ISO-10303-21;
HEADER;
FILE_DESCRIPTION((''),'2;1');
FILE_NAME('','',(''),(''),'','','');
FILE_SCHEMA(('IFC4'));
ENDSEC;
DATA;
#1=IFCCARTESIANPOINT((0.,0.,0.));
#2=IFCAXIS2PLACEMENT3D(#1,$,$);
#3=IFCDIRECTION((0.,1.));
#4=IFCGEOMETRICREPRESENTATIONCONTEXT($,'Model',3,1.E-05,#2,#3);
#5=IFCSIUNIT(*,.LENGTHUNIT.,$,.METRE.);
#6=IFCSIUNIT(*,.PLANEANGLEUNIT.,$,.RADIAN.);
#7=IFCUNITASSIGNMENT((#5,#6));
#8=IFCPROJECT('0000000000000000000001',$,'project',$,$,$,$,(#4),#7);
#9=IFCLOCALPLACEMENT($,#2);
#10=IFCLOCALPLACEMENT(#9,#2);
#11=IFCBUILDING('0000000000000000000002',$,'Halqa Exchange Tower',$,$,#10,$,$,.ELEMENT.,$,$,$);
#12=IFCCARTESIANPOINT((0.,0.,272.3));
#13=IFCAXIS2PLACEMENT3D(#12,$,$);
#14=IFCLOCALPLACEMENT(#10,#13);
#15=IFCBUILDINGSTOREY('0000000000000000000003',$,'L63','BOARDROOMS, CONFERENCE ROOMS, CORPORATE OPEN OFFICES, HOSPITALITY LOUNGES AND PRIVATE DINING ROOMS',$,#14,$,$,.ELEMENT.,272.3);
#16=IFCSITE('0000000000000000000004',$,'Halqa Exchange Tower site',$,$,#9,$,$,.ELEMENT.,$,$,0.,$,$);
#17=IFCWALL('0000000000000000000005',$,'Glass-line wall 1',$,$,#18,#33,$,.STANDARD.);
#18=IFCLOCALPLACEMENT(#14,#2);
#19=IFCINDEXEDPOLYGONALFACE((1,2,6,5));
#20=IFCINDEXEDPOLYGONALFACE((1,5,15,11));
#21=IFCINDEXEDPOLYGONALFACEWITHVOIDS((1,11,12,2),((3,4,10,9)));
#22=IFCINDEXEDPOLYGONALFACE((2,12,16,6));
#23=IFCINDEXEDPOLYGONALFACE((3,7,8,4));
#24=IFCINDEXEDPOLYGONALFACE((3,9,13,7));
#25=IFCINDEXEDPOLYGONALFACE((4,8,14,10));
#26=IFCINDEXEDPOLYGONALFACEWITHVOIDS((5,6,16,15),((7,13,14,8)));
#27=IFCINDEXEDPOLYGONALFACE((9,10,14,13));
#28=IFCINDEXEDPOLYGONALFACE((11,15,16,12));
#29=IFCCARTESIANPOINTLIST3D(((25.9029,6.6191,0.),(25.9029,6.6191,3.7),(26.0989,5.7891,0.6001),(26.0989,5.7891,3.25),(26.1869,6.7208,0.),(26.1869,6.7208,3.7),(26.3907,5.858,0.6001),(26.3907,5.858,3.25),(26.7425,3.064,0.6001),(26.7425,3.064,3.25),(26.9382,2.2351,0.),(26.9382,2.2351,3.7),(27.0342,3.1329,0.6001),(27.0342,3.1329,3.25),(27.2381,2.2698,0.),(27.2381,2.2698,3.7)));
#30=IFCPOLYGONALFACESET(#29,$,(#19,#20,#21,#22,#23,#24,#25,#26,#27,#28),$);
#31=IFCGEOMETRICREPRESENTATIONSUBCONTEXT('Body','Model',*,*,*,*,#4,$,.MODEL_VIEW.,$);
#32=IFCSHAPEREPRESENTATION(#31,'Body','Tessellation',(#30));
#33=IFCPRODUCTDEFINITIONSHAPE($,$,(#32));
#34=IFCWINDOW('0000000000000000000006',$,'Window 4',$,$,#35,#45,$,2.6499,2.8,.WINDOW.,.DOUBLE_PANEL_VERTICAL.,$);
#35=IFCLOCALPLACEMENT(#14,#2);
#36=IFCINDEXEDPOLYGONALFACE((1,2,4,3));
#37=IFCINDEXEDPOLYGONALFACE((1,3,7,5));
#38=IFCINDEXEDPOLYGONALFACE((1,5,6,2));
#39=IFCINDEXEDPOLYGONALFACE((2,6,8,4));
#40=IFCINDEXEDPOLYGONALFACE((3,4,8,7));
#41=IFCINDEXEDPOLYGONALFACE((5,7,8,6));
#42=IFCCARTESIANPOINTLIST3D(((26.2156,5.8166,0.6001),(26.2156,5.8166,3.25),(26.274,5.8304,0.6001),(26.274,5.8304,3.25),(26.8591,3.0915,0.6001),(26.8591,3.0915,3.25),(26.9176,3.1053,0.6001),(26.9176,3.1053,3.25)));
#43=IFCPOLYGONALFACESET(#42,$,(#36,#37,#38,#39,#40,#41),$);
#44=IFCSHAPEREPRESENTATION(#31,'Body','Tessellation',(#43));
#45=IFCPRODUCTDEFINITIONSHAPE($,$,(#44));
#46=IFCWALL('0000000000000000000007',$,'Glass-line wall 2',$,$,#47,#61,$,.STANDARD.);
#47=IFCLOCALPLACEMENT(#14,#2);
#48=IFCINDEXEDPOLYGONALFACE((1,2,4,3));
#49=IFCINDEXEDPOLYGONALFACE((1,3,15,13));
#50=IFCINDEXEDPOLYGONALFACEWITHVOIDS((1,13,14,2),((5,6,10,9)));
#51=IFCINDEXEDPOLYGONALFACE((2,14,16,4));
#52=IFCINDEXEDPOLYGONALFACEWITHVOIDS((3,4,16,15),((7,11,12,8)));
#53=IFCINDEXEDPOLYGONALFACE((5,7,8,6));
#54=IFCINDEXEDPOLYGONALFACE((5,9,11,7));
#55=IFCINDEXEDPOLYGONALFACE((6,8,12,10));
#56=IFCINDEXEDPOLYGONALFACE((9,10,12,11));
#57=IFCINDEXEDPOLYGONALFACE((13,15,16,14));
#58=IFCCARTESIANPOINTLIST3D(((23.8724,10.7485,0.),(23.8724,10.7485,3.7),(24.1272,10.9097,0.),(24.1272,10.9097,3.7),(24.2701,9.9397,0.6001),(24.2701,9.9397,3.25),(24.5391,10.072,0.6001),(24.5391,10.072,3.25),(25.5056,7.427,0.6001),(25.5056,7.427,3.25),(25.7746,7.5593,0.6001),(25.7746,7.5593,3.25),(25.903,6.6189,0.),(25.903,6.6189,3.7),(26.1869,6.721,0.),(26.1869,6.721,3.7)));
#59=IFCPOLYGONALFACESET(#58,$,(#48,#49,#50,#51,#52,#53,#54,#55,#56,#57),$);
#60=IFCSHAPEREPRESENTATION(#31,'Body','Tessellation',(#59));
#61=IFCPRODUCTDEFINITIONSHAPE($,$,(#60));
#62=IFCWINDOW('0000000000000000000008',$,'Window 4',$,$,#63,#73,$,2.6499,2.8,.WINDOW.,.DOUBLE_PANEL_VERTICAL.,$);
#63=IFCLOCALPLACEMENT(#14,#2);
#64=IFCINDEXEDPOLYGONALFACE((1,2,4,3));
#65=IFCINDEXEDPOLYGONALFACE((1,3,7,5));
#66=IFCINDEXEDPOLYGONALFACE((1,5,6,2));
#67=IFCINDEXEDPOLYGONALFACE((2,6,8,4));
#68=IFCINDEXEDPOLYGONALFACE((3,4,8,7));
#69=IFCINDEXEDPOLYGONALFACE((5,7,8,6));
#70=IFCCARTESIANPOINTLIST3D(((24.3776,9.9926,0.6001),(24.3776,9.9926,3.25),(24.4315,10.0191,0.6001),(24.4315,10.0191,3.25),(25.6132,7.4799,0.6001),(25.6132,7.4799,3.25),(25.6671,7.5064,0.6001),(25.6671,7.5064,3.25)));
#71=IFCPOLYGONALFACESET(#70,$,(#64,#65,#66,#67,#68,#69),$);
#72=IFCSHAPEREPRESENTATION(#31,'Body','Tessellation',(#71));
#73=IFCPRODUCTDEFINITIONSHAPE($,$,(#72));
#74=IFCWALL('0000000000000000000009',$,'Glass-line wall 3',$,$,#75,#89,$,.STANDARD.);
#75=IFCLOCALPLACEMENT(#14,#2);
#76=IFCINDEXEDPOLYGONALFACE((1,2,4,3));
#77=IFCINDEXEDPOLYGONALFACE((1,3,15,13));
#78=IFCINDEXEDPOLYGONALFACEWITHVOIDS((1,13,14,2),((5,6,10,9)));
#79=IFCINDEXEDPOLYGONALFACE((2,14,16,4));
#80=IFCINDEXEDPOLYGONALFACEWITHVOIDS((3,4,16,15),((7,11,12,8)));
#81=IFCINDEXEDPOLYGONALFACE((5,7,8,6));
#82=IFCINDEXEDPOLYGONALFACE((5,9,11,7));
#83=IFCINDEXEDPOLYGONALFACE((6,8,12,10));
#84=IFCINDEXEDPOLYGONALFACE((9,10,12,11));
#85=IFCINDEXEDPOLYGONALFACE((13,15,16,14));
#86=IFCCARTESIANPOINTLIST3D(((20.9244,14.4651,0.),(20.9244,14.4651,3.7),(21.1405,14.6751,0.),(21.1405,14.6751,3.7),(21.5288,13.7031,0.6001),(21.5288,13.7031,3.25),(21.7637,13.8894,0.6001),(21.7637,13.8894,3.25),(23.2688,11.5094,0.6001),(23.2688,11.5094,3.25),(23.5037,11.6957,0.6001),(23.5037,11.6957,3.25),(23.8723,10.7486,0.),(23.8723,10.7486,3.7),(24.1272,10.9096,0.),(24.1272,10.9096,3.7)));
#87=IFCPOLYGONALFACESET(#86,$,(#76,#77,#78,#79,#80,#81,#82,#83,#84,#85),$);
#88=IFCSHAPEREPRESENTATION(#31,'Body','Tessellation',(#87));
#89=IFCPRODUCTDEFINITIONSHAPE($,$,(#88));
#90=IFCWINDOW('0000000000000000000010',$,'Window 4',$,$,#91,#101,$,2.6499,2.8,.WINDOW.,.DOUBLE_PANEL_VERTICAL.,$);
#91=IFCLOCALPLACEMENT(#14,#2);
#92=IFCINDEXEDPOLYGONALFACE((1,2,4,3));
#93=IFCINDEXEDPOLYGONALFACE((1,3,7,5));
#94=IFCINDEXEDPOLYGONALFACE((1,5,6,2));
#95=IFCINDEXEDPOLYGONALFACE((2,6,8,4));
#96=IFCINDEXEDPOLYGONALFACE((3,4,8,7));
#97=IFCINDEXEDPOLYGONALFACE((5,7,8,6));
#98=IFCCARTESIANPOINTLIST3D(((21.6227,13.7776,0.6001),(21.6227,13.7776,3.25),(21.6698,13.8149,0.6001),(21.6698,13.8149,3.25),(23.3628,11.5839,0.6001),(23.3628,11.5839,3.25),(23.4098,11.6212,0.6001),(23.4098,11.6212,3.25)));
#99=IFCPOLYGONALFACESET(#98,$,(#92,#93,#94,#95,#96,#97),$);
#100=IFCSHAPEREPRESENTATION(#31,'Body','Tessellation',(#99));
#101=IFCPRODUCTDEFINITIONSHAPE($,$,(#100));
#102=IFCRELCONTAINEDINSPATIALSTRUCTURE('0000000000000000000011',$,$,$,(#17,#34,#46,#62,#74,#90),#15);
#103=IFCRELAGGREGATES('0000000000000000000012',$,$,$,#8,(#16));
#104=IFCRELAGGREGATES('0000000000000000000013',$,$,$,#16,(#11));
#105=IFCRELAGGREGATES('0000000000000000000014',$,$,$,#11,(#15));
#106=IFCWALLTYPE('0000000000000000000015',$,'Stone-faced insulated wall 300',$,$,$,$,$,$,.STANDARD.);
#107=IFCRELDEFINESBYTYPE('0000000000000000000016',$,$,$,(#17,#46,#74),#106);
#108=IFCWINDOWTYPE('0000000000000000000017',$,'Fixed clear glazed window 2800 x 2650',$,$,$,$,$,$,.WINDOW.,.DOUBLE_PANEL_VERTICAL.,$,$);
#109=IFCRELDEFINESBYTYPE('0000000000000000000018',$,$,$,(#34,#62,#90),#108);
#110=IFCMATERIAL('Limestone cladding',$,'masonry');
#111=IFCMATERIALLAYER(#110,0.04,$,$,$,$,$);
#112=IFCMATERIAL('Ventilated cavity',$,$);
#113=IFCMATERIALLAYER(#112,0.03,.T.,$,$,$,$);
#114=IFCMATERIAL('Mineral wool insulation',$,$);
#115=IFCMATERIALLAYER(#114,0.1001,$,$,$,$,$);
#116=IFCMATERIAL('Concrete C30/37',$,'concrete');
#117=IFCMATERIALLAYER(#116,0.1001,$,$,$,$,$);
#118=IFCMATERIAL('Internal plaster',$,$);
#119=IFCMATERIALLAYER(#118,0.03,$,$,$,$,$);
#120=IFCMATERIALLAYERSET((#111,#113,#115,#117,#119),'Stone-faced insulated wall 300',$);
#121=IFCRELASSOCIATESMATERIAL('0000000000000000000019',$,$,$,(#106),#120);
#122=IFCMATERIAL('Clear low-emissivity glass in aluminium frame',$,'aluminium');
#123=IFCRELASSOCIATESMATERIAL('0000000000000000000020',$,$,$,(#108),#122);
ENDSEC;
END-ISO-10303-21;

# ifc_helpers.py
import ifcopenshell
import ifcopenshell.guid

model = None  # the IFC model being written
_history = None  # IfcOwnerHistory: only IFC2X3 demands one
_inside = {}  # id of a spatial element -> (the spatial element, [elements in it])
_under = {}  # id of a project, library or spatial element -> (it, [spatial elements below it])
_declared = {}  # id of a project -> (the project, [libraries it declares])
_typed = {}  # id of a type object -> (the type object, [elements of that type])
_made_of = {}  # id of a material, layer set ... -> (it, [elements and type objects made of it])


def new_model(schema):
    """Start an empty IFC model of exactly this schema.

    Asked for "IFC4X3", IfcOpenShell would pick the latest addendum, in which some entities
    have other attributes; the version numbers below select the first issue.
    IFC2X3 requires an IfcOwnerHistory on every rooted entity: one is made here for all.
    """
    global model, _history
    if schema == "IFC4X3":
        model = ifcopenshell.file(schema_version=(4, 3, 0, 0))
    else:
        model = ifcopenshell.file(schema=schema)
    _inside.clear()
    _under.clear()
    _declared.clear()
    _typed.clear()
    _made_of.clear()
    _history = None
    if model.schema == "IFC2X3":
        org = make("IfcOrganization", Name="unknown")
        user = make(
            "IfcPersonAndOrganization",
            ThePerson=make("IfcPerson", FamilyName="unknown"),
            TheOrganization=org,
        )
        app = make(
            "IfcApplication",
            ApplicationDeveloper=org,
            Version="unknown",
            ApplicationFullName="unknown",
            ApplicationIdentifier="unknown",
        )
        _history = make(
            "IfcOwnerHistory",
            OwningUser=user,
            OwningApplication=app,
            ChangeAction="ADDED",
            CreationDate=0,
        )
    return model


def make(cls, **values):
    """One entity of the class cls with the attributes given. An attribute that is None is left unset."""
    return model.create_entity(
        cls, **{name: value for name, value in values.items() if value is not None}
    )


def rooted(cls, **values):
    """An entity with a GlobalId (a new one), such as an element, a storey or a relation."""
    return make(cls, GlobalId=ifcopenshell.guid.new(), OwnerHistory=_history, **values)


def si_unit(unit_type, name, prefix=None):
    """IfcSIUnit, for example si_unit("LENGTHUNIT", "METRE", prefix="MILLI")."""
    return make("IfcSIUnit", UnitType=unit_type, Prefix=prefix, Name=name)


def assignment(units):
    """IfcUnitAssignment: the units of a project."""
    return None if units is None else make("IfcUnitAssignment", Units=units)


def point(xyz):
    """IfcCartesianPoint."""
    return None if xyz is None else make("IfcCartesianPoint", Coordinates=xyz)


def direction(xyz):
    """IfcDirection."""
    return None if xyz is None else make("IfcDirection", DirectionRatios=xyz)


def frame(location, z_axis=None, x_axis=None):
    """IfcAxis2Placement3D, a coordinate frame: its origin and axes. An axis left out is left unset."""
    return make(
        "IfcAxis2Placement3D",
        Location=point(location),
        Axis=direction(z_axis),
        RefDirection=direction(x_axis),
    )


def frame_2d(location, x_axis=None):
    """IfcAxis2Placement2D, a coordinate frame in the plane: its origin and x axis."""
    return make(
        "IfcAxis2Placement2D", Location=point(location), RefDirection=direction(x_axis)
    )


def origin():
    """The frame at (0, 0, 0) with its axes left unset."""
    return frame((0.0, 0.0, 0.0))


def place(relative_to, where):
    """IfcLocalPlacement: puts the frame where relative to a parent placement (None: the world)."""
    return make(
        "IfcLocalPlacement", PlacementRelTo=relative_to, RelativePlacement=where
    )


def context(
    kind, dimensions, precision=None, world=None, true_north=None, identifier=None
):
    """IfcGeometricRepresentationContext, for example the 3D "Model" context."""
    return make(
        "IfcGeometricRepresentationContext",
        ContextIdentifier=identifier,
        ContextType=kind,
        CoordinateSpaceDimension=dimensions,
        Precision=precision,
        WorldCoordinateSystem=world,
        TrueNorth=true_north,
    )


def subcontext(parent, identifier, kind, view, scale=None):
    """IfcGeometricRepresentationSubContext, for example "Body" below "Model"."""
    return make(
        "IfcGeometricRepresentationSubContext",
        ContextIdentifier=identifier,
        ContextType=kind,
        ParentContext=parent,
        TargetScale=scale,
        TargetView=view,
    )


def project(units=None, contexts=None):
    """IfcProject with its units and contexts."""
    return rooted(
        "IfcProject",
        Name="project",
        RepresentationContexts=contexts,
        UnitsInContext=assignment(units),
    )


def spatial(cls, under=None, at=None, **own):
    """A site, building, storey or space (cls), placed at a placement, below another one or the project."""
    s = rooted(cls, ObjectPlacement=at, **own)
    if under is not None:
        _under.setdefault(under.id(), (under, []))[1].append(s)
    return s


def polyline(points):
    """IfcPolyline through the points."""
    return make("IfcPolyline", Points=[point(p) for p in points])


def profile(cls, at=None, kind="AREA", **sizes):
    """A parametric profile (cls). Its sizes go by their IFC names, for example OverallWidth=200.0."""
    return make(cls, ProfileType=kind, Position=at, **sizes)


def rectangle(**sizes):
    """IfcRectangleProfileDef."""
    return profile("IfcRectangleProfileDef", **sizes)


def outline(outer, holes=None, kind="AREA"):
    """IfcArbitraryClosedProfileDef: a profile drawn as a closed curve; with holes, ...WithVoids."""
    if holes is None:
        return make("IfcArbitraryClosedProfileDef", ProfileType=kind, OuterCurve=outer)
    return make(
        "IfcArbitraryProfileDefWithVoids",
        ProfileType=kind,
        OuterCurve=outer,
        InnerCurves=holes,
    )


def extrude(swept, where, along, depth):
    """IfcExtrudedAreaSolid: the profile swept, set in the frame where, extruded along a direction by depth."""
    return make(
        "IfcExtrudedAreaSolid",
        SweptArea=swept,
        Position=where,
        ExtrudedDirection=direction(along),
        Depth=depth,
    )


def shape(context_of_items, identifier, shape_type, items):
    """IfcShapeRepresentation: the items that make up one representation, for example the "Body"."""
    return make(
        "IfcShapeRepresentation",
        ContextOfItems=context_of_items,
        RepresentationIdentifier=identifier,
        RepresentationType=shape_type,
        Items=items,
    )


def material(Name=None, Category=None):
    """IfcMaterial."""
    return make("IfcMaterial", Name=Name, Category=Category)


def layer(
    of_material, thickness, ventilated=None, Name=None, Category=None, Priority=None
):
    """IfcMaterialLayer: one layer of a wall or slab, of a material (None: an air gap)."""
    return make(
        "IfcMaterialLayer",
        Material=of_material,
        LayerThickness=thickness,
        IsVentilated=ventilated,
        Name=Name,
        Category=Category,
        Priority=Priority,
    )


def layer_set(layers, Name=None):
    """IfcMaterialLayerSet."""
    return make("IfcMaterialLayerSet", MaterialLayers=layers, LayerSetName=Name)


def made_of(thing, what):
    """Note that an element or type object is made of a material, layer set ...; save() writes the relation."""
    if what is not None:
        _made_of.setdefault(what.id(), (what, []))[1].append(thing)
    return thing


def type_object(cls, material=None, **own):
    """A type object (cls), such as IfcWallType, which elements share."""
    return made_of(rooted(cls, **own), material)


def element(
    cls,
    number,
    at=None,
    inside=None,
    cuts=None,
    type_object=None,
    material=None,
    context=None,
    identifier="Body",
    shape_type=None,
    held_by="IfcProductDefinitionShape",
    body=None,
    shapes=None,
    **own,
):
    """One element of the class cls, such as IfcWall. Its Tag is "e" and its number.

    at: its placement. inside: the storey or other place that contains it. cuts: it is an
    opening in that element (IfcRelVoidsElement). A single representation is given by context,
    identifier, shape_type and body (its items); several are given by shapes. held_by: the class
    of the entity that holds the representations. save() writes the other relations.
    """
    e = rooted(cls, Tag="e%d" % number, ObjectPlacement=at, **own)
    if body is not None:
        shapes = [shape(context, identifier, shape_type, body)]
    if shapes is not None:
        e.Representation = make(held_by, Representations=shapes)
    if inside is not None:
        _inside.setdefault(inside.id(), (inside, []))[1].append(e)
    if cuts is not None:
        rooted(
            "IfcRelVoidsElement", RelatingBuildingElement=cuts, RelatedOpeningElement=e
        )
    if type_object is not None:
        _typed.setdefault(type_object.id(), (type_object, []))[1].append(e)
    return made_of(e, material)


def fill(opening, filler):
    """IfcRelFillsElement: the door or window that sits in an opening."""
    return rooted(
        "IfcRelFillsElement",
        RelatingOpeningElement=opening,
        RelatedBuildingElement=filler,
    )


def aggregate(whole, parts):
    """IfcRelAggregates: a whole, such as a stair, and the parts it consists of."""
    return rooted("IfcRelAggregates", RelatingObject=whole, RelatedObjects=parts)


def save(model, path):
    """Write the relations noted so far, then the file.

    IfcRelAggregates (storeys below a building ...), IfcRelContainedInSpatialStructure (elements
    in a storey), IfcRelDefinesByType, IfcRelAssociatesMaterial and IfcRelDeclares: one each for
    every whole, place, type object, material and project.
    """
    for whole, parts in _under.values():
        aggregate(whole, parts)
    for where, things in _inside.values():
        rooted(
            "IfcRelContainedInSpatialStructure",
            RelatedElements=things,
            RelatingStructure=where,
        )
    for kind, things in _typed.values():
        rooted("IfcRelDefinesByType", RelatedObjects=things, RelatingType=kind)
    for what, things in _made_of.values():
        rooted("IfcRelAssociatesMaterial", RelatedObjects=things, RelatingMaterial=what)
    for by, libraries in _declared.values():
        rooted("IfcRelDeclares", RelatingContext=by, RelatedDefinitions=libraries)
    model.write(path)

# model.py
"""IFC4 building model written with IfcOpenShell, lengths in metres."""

from ifc_helpers import new_model, si_unit, direction, frame, frame_2d, origin, place, context, subcontext, project, spatial, polyline, rectangle, outline, extrude, material, layer, layer_set, type_object, element, fill, save


model = new_model("IFC4")

# Units and contexts
model_context = context("Model", 3, precision=1e-05, world=origin(), true_north=direction((0.0, 1.0)))
body_context = subcontext(model_context, "Body", "Model", "MODEL_VIEW")
ifc_project = project(units=[si_unit("LENGTHUNIT", "METRE"), si_unit("PLANEANGLEUNIT", "RADIAN")], contexts=[model_context])

# Site, building, storey
site_placement = place(None, origin())
site = spatial("IfcSite", under=ifc_project, at=site_placement, Name="Halqa Exchange Tower site", CompositionType="ELEMENT", RefElevation=0.0)
building_placement = place(site_placement, origin())
building = spatial("IfcBuilding", under=site, at=building_placement, Name="Halqa Exchange Tower", CompositionType="ELEMENT")
storey_placement = place(building_placement, frame((0.0, 0.0, 272.3)))
storey = spatial("IfcBuildingStorey", under=building, at=storey_placement, Name="L63", Description="BOARDROOMS, CONFERENCE ROOMS, CORPORATE OPEN OFFICES, HOSPITALITY LOUNGES AND PRIVATE DINING ROOMS", CompositionType="ELEMENT", Elevation=272.3)

# Walls, openings, windows
ifc_material_1 = material(Name="Limestone cladding", Category="masonry")
ifc_layer_1 = layer(ifc_material_1, 0.04)
ifc_material_2 = material(Name="Ventilated cavity")
ifc_layer_2 = layer(ifc_material_2, 0.03, ventilated=True)
ifc_material_3 = material(Name="Mineral wool insulation")
ifc_layer_3 = layer(ifc_material_3, 0.1001)
ifc_material_4 = material(Name="Concrete C30/37", Category="concrete")
ifc_layer_4 = layer(ifc_material_4, 0.1001)
ifc_material_5 = material(Name="Internal plaster")
ifc_layer_5 = layer(ifc_material_5, 0.03)
ifc_layer_set_1 = layer_set([ifc_layer_1, ifc_layer_2, ifc_layer_3, ifc_layer_4, ifc_layer_5], Name="Stone-faced insulated wall 300")
wall_type_1 = type_object("IfcWallType", Name="Stone-faced insulated wall 300", PredefinedType="STANDARD", material=ifc_layer_set_1)
wall_1_placement = place(storey_placement, frame((27.0881, 2.2524, 0.0), z_axis=(0.0, 0.0, 1.0), x_axis=(-0.229834, 0.97323, 0.0)))
wall_1 = element("IfcWall", 1, at=wall_1_placement, inside=storey, type_object=wall_type_1, Name="Glass-line wall 1", PredefinedType="STANDARD", context=body_context, shape_type="SweptSolid", body=[
    extrude(outline(polyline([(-0.0176, -0.1499), (4.5559, -0.1499), (4.5222, 0.1499), (0.0176, 0.1499), (-0.0176, -0.1499)])), origin(), (0.0, 0.0, 1.0), 3.7),
])
opening_1_placement = place(wall_1_placement, frame((0.8694, 0.0, 0.6001)))
opening_1 = element("IfcOpeningElement", 2, at=opening_1_placement, cuts=wall_1, PredefinedType="OPENING", context=body_context, shape_type="SweptSolid", body=[
    extrude(rectangle(XDim=2.8, YDim=2.6499, at=frame_2d((1.3999, 1.325))), frame((0.0, 0.1621, 0.0), z_axis=(0.0, -1.0, 0.0), x_axis=(1.0, 0.0, 0.0)), (0.0, 0.0, 1.0), 0.324),
])
ifc_material_6 = material(Name="Clear low-emissivity glass in aluminium frame", Category="aluminium")
window_type = type_object("IfcWindowType", Name="Fixed clear glazed window 2800 x 2650", PartitioningType="DOUBLE_PANEL_VERTICAL", PredefinedType="WINDOW", material=ifc_material_6)
window_1_placement = place(opening_1_placement, origin())
window_1 = element("IfcWindow", 3, at=window_1_placement, inside=storey, type_object=window_type, Name="Window 4", OverallHeight=2.6499, OverallWidth=2.8, PartitioningType="DOUBLE_PANEL_VERTICAL", PredefinedType="WINDOW", context=body_context, shape_type="SweptSolid", body=[
    extrude(rectangle(XDim=2.8, YDim=2.6499, at=frame_2d((1.3999, 1.325))), frame((0.0, 0.03, 0.0), z_axis=(0.0, -1.0, 0.0), x_axis=(1.0, 0.0, 0.0)), (0.0, 0.0, 1.0), 0.0601),
])
fill(opening_1, window_1)
wall_2_placement = place(storey_placement, frame((26.0449, 6.6699, 0.0), z_axis=(0.0, 0.0, 1.0), x_axis=(-0.441262, 0.897378, 0.0)))
wall_2 = element("IfcWall", 4, at=wall_2_placement, inside=storey, type_object=wall_type_1, Name="Glass-line wall 2", PredefinedType="STANDARD", context=body_context, shape_type="SweptSolid", body=[
    extrude(outline(polyline([(-0.0168, -0.1499), (4.6509, -0.1499), (4.6187, 0.1499), (0.0168, 0.1499), (-0.0168, -0.1499)])), origin(), (0.0, 0.0, 1.0), 3.7),
])
opening_2_placement = place(wall_2_placement, frame((0.9175, 0.0, 0.6001)))
opening_2 = element("IfcOpeningElement", 5, at=opening_2_placement, cuts=wall_2, PredefinedType="OPENING", context=body_context, shape_type="SweptSolid", body=[
    extrude(rectangle(XDim=2.8, YDim=2.6499, at=frame_2d((1.3999, 1.325))), frame((0.0, 0.1621, 0.0), z_axis=(0.0, -1.0, 0.0), x_axis=(1.0, 0.0, 0.0)), (0.0, 0.0, 1.0), 0.324),
])
window_2_placement = place(opening_2_placement, origin())
window_2 = element("IfcWindow", 6, at=window_2_placement, inside=storey, type_object=window_type, Name="Window 4", OverallHeight=2.6499, OverallWidth=2.8, PartitioningType="DOUBLE_PANEL_VERTICAL", PredefinedType="WINDOW", context=body_context, shape_type="SweptSolid", body=[
    extrude(rectangle(XDim=2.8, YDim=2.6499, at=frame_2d((1.3999, 1.325))), frame((0.0, 0.03, 0.0), z_axis=(0.0, -1.0, 0.0), x_axis=(1.0, 0.0, 0.0)), (0.0, 0.0, 1.0), 0.0601),
])
fill(opening_2, window_2)
wall_3_placement = place(storey_placement, frame((23.9998, 10.8291, 0.0), z_axis=(0.0, 0.0, 1.0), x_axis=(-0.621435, 0.783466, 0.0)))
wall_3 = element("IfcWall", 7, at=wall_3_placement, inside=storey, type_object=wall_type_1, Name="Glass-line wall 3", PredefinedType="STANDARD", context=body_context, shape_type="SweptSolid", body=[
    extrude(outline(polyline([(-0.0161, -0.1499), (4.79, -0.1499), (4.7598, 0.1499), (0.0161, 0.1499), (-0.0161, -0.1499)])), origin(), (0.0, 0.0, 1.0), 3.7),
])
opening_3_placement = place(wall_3_placement, frame((0.9873, 0.0, 0.6001)))
opening_3 = element("IfcOpeningElement", 8, at=opening_3_placement, cuts=wall_3, PredefinedType="OPENING", context=body_context, shape_type="SweptSolid", body=[
    extrude(rectangle(XDim=2.8, YDim=2.6499, at=frame_2d((1.3999, 1.325))), frame((0.0, 0.1621, 0.0), z_axis=(0.0, -1.0, 0.0), x_axis=(1.0, 0.0, 0.0)), (0.0, 0.0, 1.0), 0.324),
])
window_3_placement = place(opening_3_placement, origin())
window_3 = element("IfcWindow", 9, at=window_3_placement, inside=storey, type_object=window_type, Name="Window 4", OverallHeight=2.6499, OverallWidth=2.8, PartitioningType="DOUBLE_PANEL_VERTICAL", PredefinedType="WINDOW", context=body_context, shape_type="SweptSolid", body=[
    extrude(rectangle(XDim=2.8, YDim=2.6499, at=frame_2d((1.3999, 1.325))), frame((0.0, 0.03, 0.0), z_axis=(0.0, -1.0, 0.0), x_axis=(1.0, 0.0, 0.0)), (0.0, 0.0, 1.0), 0.0601),
])
fill(opening_3, window_3)

save(model, "model.ifc")
